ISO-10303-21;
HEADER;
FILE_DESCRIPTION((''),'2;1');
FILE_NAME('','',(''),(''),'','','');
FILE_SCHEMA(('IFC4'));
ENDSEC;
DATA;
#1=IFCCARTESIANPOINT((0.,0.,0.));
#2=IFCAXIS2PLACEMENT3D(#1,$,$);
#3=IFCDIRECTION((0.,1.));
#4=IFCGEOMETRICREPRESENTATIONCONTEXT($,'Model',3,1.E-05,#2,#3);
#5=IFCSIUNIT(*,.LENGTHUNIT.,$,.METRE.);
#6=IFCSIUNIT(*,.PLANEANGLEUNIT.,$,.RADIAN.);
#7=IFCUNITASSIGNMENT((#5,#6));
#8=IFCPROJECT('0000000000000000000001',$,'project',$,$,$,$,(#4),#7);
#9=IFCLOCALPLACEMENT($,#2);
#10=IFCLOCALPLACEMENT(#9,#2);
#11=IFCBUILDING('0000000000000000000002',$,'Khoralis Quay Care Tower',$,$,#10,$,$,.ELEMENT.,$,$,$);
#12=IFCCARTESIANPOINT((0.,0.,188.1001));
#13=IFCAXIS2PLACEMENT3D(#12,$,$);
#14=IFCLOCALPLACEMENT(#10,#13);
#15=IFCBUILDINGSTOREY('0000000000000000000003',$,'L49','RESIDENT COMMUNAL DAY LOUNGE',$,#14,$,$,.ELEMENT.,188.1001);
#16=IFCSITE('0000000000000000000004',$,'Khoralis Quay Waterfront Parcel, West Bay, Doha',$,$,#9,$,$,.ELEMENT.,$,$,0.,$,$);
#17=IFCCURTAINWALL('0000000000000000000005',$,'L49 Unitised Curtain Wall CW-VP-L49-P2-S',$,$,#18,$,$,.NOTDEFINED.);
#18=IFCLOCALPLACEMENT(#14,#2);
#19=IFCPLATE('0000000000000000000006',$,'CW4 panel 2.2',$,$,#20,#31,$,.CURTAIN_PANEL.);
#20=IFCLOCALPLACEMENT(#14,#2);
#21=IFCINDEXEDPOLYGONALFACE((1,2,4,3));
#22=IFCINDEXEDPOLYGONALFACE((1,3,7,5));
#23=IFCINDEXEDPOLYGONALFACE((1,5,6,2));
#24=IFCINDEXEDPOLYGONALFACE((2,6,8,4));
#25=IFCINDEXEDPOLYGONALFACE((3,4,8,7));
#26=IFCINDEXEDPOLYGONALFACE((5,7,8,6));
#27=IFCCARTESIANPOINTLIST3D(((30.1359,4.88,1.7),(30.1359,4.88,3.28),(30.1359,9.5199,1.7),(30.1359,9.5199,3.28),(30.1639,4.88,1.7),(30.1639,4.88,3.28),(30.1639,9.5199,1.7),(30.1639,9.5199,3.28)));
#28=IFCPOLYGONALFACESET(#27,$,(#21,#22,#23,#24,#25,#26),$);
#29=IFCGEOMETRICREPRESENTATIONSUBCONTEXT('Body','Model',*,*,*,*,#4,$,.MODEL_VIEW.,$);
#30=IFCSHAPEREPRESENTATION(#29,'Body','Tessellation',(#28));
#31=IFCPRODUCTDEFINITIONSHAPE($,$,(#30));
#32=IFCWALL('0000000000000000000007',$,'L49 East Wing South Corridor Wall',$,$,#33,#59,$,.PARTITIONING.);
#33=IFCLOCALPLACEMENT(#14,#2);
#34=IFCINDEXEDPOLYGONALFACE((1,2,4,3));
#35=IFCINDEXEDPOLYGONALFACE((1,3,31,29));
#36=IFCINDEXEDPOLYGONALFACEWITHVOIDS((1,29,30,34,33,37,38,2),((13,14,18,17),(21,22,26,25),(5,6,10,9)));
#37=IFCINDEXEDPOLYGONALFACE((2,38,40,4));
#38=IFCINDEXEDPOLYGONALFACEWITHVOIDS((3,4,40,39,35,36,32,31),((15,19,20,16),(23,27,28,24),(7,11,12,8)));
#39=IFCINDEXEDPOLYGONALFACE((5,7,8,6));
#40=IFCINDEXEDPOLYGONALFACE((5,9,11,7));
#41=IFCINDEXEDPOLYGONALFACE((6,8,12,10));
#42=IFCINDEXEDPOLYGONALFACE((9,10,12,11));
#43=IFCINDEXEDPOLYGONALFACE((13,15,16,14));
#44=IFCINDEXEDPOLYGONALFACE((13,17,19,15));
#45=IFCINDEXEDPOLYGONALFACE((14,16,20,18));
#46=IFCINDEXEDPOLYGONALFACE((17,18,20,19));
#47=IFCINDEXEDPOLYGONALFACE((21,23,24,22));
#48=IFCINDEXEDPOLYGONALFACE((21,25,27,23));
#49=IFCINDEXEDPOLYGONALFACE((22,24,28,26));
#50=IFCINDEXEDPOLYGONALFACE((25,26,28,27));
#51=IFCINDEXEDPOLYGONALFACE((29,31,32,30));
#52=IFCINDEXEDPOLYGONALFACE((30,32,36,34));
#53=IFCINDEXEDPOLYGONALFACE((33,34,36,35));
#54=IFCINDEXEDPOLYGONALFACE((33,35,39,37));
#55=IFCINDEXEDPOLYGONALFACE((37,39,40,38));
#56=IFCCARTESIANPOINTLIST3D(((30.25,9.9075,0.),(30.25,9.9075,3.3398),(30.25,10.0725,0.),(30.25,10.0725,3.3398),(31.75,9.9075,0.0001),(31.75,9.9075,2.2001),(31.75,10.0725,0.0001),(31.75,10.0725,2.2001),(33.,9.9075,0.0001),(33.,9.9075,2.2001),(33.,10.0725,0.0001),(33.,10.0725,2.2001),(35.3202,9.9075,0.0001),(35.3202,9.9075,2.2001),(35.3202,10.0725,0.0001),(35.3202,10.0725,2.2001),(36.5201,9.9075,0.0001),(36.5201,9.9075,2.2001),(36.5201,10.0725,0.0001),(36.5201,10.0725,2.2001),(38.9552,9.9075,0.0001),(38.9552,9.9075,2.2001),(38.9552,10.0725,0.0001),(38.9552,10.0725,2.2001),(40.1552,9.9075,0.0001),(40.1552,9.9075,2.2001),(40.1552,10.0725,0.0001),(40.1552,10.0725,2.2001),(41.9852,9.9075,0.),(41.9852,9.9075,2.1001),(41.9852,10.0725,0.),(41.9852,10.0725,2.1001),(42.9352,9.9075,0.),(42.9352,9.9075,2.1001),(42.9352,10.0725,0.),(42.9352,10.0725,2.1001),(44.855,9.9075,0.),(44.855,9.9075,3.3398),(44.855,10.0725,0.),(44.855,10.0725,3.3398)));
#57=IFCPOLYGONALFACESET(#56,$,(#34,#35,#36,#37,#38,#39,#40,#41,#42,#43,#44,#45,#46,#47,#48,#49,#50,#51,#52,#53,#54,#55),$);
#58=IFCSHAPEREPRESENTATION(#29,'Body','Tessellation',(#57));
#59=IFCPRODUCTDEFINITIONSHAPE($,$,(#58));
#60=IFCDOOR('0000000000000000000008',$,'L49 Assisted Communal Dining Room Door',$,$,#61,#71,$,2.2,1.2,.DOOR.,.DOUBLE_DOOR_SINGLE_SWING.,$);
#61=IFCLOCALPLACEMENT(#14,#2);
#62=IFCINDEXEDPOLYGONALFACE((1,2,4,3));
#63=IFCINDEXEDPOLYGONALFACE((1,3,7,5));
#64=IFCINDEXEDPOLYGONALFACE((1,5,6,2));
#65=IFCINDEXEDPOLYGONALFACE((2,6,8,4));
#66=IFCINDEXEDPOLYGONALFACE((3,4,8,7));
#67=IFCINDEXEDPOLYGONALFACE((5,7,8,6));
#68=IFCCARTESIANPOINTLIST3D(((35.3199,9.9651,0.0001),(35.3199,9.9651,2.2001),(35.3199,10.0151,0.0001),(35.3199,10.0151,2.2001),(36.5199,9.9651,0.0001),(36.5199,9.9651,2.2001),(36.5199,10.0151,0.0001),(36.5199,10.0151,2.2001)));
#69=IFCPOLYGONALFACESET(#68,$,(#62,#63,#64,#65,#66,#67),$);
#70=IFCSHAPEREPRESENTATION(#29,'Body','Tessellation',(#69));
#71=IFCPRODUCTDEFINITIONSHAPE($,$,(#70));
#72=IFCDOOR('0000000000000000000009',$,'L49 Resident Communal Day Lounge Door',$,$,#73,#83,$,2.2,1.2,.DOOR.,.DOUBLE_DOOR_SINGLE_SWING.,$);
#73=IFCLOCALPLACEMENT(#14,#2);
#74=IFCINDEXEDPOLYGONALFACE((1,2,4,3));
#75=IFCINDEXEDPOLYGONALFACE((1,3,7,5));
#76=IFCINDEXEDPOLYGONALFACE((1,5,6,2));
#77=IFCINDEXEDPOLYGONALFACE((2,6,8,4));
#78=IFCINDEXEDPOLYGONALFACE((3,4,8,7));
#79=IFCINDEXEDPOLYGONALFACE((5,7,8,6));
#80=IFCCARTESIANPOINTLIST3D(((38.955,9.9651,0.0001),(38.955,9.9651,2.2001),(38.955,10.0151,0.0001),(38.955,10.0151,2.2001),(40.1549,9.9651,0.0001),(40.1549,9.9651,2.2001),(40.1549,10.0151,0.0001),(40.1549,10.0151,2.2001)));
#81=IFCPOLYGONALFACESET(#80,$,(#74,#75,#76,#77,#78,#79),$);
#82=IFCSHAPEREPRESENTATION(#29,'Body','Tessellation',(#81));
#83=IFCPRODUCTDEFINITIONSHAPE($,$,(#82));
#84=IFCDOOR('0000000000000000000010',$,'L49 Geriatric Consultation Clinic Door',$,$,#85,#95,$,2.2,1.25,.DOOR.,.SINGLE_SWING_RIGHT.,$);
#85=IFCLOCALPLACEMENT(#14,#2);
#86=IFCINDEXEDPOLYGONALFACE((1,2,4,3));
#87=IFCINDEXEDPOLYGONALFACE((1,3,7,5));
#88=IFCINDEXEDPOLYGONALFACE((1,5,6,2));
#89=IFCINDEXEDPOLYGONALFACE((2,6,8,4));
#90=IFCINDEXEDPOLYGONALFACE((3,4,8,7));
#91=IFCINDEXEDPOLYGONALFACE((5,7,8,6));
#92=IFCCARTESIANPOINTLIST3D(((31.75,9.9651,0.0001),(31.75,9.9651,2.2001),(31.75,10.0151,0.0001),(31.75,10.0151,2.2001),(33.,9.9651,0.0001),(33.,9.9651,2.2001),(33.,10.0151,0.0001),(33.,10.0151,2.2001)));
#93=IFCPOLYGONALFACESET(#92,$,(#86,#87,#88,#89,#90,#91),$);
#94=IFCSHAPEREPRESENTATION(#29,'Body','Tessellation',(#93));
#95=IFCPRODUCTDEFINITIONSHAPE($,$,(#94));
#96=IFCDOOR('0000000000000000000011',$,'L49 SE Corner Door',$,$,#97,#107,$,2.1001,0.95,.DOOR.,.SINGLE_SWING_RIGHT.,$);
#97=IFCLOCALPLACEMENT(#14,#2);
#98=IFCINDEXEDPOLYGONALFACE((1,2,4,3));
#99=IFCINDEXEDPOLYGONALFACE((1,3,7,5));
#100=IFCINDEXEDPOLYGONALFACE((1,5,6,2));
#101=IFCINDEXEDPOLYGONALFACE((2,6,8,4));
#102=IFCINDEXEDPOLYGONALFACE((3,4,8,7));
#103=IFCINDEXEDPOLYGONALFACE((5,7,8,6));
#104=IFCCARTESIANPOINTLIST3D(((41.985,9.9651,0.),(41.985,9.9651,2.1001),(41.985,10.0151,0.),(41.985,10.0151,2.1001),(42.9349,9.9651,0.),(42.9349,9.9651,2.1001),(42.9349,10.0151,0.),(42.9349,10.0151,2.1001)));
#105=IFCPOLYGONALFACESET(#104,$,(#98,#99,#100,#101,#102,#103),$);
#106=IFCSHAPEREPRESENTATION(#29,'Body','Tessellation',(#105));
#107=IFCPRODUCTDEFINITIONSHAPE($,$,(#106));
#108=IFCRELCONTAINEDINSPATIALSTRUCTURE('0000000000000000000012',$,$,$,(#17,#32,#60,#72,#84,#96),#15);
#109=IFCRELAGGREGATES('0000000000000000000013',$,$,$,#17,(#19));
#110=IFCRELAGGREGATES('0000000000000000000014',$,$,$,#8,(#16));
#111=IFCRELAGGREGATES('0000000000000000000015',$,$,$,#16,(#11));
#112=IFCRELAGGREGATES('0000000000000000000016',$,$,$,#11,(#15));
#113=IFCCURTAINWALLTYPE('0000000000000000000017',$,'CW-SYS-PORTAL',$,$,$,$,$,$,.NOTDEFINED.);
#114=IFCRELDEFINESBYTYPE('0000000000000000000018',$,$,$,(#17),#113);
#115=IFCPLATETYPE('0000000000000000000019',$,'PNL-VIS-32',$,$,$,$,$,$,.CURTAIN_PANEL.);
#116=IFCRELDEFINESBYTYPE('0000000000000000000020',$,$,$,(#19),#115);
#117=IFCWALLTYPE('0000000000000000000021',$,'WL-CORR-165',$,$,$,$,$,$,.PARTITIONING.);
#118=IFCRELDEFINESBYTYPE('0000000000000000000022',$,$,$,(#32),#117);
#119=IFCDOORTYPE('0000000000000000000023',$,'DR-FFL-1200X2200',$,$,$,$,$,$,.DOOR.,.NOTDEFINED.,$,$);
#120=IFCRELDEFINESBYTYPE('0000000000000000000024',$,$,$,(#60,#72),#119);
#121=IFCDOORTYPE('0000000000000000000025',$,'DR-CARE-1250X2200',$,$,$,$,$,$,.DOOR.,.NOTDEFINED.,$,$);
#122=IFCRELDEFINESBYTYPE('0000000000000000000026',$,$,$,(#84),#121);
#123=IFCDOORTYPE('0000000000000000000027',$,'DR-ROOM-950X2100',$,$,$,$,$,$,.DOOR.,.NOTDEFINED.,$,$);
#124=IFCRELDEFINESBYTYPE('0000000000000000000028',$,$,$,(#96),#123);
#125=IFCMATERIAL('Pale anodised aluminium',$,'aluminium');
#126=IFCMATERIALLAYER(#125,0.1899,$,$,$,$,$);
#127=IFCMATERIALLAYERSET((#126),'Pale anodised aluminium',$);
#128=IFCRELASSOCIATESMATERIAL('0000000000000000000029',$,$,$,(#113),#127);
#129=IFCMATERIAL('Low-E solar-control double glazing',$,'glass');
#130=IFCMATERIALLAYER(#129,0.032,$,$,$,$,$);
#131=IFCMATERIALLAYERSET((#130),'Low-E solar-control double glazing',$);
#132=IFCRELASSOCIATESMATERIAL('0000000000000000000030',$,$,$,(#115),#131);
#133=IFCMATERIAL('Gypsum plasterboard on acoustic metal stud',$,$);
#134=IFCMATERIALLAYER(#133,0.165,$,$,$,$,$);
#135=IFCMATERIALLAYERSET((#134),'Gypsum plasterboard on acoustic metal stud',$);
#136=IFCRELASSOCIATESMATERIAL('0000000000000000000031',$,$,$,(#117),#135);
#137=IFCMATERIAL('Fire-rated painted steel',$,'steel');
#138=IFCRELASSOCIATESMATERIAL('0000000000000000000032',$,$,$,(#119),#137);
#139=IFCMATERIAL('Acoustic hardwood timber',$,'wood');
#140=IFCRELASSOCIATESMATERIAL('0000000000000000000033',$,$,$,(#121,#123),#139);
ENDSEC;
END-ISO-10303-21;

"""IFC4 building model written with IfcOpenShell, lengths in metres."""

from ifc_helpers import new_model, si_unit, direction, frame, frame_2d, origin, origin_2d, place, context, subcontext, project, spatial, rectangle, extrude, source, transform, mapped, material, layer, layer_set, type_object, element, fill, aggregate, save


model = new_model("IFC4")

# Units and contexts
model_context = context("Model", 3, precision=1e-05, world=origin(), true_north=direction((0.0, 1.0)))
body_context = subcontext(model_context, "Body", "Model", "MODEL_VIEW")
ifc_project = project(units=[si_unit("LENGTHUNIT", "METRE"), si_unit("PLANEANGLEUNIT", "RADIAN")], contexts=[model_context])

# Site, building, storey
site_placement = place(None, origin())
site = spatial("IfcSite", under=ifc_project, at=site_placement, Name="Khoralis Quay Waterfront Parcel, West Bay, Doha", CompositionType="ELEMENT", RefElevation=0.0)
building_placement = place(site_placement, origin())
building = spatial("IfcBuilding", under=site, at=building_placement, Name="Khoralis Quay Care Tower", CompositionType="ELEMENT")
storey_placement = place(building_placement, frame((0.0, 0.0, 188.1001)))
storey = spatial("IfcBuildingStorey", under=building, at=storey_placement, Name="L49", Description="RESIDENT COMMUNAL DAY LOUNGE", CompositionType="ELEMENT", Elevation=188.1001)

# Curtain wall, plate
ifc_material_1 = material(Name="Pale anodised aluminium", Category="aluminium")
ifc_layer_1 = layer(ifc_material_1, 0.1899)
ifc_layer_set_1 = layer_set([ifc_layer_1], Name="Pale anodised aluminium")
curtain_wall_type = type_object("IfcCurtainWallType", Name="CW-SYS-PORTAL", PredefinedType="NOTDEFINED", material=ifc_layer_set_1)
curtain_wall_placement = place(storey_placement, origin())
curtain_wall = element("IfcCurtainWall", 1, at=curtain_wall_placement, inside=storey, type_object=curtain_wall_type, Name="L49 Unitised Curtain Wall CW-VP-L49-P2-S", PredefinedType="NOTDEFINED")
ifc_material_2 = material(Name="Low-E solar-control double glazing", Category="glass")
ifc_layer_2 = layer(ifc_material_2, 0.032)
ifc_layer_set_2 = layer_set([ifc_layer_2], Name="Low-E solar-control double glazing")
plate_type = type_object("IfcPlateType", Name="PNL-VIS-32", PredefinedType="CURTAIN_PANEL", material=ifc_layer_set_2)
shared_shape_1 = source(origin(), body_context, "Body", "SweptSolid", [
    extrude(rectangle(XDim=4.6399, YDim=0.0281, at=origin_2d()), origin(), (0.0, 0.0, 1.0), 1.5801),
])
plate_1_placement = place(storey_placement, frame((30.1499, 7.2, 1.7), z_axis=(0.0, 0.0, 1.0), x_axis=(0.0, 1.0, 0.0)))
plate_1 = element("IfcPlate", 2, at=plate_1_placement, type_object=plate_type, Name="CW4 panel 2.2", PredefinedType="CURTAIN_PANEL", context=body_context, shape_type="MappedRepresentation", body=[
    mapped(shared_shape_1, transform((0.0, 0.0, 0.0), scale=1.0)),
])
aggregate(curtain_wall, [plate_1])

# Wall, openings, doors
ifc_material_3 = material(Name="Gypsum plasterboard on acoustic metal stud")
ifc_layer_3 = layer(ifc_material_3, 0.165)
ifc_layer_set_3 = layer_set([ifc_layer_3], Name="Gypsum plasterboard on acoustic metal stud")
wall_type_1 = type_object("IfcWallType", Name="WL-CORR-165", PredefinedType="PARTITIONING", material=ifc_layer_set_3)
wall_1_placement = place(storey_placement, frame((30.25, 9.99, 0.0), z_axis=(0.0, 0.0, 1.0), x_axis=(1.0, 0.0, 0.0)))
wall_1 = element("IfcWall", 3, at=wall_1_placement, inside=storey, type_object=wall_type_1, Name="L49 East Wing South Corridor Wall", PredefinedType="PARTITIONING", context=body_context, shape_type="SweptSolid", body=[
    extrude(rectangle(XDim=14.605, YDim=0.165, at=frame_2d((7.3025, 0.0))), origin(), (0.0, 0.0, 1.0), 3.3398),
])
opening_1_placement = place(wall_1_placement, frame((1.5, 0.0, 0.0)))
opening_1 = element("IfcOpeningElement", 4, at=opening_1_placement, cuts=wall_1, PredefinedType="OPENING", context=body_context, shape_type="SweptSolid", body=[
    extrude(rectangle(XDim=1.25, YDim=2.2, at=frame_2d((0.625, 1.1001))), frame((0.0, 0.0925, 0.0), z_axis=(0.0, -1.0, 0.0), x_axis=(1.0, 0.0, 0.0)), (0.0, 0.0, 1.0), 0.1851),
])
opening_2_placement = place(wall_1_placement, frame((5.0701, 0.0, 0.0)))
opening_2 = element("IfcOpeningElement", 5, at=opening_2_placement, cuts=wall_1, PredefinedType="OPENING", context=body_context, shape_type="SweptSolid", body=[
    extrude(rectangle(XDim=1.2, YDim=2.2, at=frame_2d((0.6001, 1.1001))), frame((0.0, 0.0925, 0.0), z_axis=(0.0, -1.0, 0.0), x_axis=(1.0, 0.0, 0.0)), (0.0, 0.0, 1.0), 0.1851),
])
opening_3_placement = place(wall_1_placement, frame((8.7051, 0.0, 0.0)))
opening_3 = element("IfcOpeningElement", 6, at=opening_3_placement, cuts=wall_1, PredefinedType="OPENING", context=body_context, shape_type="SweptSolid", body=[
    extrude(rectangle(XDim=1.2, YDim=2.2, at=frame_2d((0.6001, 1.1001))), frame((0.0, 0.0925, 0.0), z_axis=(0.0, -1.0, 0.0), x_axis=(1.0, 0.0, 0.0)), (0.0, 0.0, 1.0), 0.1851),
])
opening_4_placement = place(wall_1_placement, frame((11.7351, 0.0, 0.0)))
opening_4 = element("IfcOpeningElement", 7, at=opening_4_placement, cuts=wall_1, PredefinedType="OPENING", context=body_context, shape_type="SweptSolid", body=[
    extrude(rectangle(XDim=0.95, YDim=2.1001, at=frame_2d((0.4751, 1.05))), frame((0.0, 0.0925, 0.0), z_axis=(0.0, -1.0, 0.0), x_axis=(1.0, 0.0, 0.0)), (0.0, 0.0, 1.0), 0.1851),
])
ifc_material_4 = material(Name="Fire-rated painted steel", Category="steel")
door_type_1 = type_object("IfcDoorType", Name="DR-FFL-1200X2200", OperationType="NOTDEFINED", PredefinedType="DOOR", material=ifc_material_4)
shared_shape_2 = source(origin(), body_context, "Body", "SweptSolid", [
    extrude(rectangle(XDim=1.2, YDim=2.2, at=frame_2d((0.6001, 1.1001))), frame((0.0, 0.0249, 0.0), z_axis=(0.0, -1.0, 0.0), x_axis=(1.0, 0.0, 0.0)), (0.0, 0.0, 1.0), 0.05),
])
door_1_placement = place(opening_2_placement, frame((1.2, 0.0, 0.0), z_axis=(0.0, 0.0, 1.0), x_axis=(-1.0, 0.0, 0.0)))
door_1 = element("IfcDoor", 8, at=door_1_placement, inside=storey, type_object=door_type_1, Name="L49 Assisted Communal Dining Room Door", OperationType="DOUBLE_DOOR_SINGLE_SWING", OverallHeight=2.2, OverallWidth=1.2, PredefinedType="DOOR", context=body_context, shape_type="MappedRepresentation", body=[
    mapped(shared_shape_2, transform((0.0, 0.0, 0.0), scale=1.0)),
])
fill(opening_2, door_1)
door_2_placement = place(opening_3_placement, frame((1.2, 0.0, 0.0), z_axis=(0.0, 0.0, 1.0), x_axis=(-1.0, 0.0, 0.0)))
door_2 = element("IfcDoor", 9, at=door_2_placement, inside=storey, type_object=door_type_1, Name="L49 Resident Communal Day Lounge Door", OperationType="DOUBLE_DOOR_SINGLE_SWING", OverallHeight=2.2, OverallWidth=1.2, PredefinedType="DOOR", context=body_context, shape_type="MappedRepresentation", body=[
    mapped(shared_shape_2, transform((0.0, 0.0, 0.0), scale=1.0)),
])
fill(opening_3, door_2)
ifc_material_5 = material(Name="Acoustic hardwood timber", Category="wood")
door_type_2 = type_object("IfcDoorType", Name="DR-CARE-1250X2200", OperationType="NOTDEFINED", PredefinedType="DOOR", material=ifc_material_5)
shared_shape_3 = source(origin(), body_context, "Body", "SweptSolid", [
    extrude(rectangle(XDim=1.25, YDim=2.2, at=frame_2d((0.625, 1.1001))), frame((0.0, 0.0249, 0.0), z_axis=(0.0, -1.0, 0.0), x_axis=(1.0, 0.0, 0.0)), (0.0, 0.0, 1.0), 0.05),
])
door_3_placement = place(opening_1_placement, frame((1.25, 0.0, 0.0), z_axis=(0.0, 0.0, 1.0), x_axis=(-1.0, 0.0, 0.0)))
door_3 = element("IfcDoor", 10, at=door_3_placement, inside=storey, type_object=door_type_2, Name="L49 Geriatric Consultation Clinic Door", OperationType="SINGLE_SWING_RIGHT", OverallHeight=2.2, OverallWidth=1.25, PredefinedType="DOOR", context=body_context, shape_type="MappedRepresentation", body=[
    mapped(shared_shape_3, transform((0.0, 0.0, 0.0), scale=1.0)),
])
fill(opening_1, door_3)
door_type_3 = type_object("IfcDoorType", Name="DR-ROOM-950X2100", OperationType="NOTDEFINED", PredefinedType="DOOR", material=ifc_material_5)
shared_shape_4 = source(origin(), body_context, "Body", "SweptSolid", [
    extrude(rectangle(XDim=0.95, YDim=2.1001, at=frame_2d((0.4751, 1.05))), frame((0.0, 0.0249, 0.0), z_axis=(0.0, -1.0, 0.0), x_axis=(1.0, 0.0, 0.0)), (0.0, 0.0, 1.0), 0.05),
])
door_4_placement = place(opening_4_placement, frame((0.95, 0.0, 0.0), z_axis=(0.0, 0.0, 1.0), x_axis=(-1.0, 0.0, 0.0)))
door_4 = element("IfcDoor", 11, at=door_4_placement, inside=storey, type_object=door_type_3, Name="L49 SE Corner Door", OperationType="SINGLE_SWING_RIGHT", OverallHeight=2.1001, OverallWidth=0.95, PredefinedType="DOOR", context=body_context, shape_type="MappedRepresentation", body=[
    mapped(shared_shape_4, transform((0.0, 0.0, 0.0), scale=1.0)),
])
fill(opening_4, door_4)

save(model, "model.ifc")
